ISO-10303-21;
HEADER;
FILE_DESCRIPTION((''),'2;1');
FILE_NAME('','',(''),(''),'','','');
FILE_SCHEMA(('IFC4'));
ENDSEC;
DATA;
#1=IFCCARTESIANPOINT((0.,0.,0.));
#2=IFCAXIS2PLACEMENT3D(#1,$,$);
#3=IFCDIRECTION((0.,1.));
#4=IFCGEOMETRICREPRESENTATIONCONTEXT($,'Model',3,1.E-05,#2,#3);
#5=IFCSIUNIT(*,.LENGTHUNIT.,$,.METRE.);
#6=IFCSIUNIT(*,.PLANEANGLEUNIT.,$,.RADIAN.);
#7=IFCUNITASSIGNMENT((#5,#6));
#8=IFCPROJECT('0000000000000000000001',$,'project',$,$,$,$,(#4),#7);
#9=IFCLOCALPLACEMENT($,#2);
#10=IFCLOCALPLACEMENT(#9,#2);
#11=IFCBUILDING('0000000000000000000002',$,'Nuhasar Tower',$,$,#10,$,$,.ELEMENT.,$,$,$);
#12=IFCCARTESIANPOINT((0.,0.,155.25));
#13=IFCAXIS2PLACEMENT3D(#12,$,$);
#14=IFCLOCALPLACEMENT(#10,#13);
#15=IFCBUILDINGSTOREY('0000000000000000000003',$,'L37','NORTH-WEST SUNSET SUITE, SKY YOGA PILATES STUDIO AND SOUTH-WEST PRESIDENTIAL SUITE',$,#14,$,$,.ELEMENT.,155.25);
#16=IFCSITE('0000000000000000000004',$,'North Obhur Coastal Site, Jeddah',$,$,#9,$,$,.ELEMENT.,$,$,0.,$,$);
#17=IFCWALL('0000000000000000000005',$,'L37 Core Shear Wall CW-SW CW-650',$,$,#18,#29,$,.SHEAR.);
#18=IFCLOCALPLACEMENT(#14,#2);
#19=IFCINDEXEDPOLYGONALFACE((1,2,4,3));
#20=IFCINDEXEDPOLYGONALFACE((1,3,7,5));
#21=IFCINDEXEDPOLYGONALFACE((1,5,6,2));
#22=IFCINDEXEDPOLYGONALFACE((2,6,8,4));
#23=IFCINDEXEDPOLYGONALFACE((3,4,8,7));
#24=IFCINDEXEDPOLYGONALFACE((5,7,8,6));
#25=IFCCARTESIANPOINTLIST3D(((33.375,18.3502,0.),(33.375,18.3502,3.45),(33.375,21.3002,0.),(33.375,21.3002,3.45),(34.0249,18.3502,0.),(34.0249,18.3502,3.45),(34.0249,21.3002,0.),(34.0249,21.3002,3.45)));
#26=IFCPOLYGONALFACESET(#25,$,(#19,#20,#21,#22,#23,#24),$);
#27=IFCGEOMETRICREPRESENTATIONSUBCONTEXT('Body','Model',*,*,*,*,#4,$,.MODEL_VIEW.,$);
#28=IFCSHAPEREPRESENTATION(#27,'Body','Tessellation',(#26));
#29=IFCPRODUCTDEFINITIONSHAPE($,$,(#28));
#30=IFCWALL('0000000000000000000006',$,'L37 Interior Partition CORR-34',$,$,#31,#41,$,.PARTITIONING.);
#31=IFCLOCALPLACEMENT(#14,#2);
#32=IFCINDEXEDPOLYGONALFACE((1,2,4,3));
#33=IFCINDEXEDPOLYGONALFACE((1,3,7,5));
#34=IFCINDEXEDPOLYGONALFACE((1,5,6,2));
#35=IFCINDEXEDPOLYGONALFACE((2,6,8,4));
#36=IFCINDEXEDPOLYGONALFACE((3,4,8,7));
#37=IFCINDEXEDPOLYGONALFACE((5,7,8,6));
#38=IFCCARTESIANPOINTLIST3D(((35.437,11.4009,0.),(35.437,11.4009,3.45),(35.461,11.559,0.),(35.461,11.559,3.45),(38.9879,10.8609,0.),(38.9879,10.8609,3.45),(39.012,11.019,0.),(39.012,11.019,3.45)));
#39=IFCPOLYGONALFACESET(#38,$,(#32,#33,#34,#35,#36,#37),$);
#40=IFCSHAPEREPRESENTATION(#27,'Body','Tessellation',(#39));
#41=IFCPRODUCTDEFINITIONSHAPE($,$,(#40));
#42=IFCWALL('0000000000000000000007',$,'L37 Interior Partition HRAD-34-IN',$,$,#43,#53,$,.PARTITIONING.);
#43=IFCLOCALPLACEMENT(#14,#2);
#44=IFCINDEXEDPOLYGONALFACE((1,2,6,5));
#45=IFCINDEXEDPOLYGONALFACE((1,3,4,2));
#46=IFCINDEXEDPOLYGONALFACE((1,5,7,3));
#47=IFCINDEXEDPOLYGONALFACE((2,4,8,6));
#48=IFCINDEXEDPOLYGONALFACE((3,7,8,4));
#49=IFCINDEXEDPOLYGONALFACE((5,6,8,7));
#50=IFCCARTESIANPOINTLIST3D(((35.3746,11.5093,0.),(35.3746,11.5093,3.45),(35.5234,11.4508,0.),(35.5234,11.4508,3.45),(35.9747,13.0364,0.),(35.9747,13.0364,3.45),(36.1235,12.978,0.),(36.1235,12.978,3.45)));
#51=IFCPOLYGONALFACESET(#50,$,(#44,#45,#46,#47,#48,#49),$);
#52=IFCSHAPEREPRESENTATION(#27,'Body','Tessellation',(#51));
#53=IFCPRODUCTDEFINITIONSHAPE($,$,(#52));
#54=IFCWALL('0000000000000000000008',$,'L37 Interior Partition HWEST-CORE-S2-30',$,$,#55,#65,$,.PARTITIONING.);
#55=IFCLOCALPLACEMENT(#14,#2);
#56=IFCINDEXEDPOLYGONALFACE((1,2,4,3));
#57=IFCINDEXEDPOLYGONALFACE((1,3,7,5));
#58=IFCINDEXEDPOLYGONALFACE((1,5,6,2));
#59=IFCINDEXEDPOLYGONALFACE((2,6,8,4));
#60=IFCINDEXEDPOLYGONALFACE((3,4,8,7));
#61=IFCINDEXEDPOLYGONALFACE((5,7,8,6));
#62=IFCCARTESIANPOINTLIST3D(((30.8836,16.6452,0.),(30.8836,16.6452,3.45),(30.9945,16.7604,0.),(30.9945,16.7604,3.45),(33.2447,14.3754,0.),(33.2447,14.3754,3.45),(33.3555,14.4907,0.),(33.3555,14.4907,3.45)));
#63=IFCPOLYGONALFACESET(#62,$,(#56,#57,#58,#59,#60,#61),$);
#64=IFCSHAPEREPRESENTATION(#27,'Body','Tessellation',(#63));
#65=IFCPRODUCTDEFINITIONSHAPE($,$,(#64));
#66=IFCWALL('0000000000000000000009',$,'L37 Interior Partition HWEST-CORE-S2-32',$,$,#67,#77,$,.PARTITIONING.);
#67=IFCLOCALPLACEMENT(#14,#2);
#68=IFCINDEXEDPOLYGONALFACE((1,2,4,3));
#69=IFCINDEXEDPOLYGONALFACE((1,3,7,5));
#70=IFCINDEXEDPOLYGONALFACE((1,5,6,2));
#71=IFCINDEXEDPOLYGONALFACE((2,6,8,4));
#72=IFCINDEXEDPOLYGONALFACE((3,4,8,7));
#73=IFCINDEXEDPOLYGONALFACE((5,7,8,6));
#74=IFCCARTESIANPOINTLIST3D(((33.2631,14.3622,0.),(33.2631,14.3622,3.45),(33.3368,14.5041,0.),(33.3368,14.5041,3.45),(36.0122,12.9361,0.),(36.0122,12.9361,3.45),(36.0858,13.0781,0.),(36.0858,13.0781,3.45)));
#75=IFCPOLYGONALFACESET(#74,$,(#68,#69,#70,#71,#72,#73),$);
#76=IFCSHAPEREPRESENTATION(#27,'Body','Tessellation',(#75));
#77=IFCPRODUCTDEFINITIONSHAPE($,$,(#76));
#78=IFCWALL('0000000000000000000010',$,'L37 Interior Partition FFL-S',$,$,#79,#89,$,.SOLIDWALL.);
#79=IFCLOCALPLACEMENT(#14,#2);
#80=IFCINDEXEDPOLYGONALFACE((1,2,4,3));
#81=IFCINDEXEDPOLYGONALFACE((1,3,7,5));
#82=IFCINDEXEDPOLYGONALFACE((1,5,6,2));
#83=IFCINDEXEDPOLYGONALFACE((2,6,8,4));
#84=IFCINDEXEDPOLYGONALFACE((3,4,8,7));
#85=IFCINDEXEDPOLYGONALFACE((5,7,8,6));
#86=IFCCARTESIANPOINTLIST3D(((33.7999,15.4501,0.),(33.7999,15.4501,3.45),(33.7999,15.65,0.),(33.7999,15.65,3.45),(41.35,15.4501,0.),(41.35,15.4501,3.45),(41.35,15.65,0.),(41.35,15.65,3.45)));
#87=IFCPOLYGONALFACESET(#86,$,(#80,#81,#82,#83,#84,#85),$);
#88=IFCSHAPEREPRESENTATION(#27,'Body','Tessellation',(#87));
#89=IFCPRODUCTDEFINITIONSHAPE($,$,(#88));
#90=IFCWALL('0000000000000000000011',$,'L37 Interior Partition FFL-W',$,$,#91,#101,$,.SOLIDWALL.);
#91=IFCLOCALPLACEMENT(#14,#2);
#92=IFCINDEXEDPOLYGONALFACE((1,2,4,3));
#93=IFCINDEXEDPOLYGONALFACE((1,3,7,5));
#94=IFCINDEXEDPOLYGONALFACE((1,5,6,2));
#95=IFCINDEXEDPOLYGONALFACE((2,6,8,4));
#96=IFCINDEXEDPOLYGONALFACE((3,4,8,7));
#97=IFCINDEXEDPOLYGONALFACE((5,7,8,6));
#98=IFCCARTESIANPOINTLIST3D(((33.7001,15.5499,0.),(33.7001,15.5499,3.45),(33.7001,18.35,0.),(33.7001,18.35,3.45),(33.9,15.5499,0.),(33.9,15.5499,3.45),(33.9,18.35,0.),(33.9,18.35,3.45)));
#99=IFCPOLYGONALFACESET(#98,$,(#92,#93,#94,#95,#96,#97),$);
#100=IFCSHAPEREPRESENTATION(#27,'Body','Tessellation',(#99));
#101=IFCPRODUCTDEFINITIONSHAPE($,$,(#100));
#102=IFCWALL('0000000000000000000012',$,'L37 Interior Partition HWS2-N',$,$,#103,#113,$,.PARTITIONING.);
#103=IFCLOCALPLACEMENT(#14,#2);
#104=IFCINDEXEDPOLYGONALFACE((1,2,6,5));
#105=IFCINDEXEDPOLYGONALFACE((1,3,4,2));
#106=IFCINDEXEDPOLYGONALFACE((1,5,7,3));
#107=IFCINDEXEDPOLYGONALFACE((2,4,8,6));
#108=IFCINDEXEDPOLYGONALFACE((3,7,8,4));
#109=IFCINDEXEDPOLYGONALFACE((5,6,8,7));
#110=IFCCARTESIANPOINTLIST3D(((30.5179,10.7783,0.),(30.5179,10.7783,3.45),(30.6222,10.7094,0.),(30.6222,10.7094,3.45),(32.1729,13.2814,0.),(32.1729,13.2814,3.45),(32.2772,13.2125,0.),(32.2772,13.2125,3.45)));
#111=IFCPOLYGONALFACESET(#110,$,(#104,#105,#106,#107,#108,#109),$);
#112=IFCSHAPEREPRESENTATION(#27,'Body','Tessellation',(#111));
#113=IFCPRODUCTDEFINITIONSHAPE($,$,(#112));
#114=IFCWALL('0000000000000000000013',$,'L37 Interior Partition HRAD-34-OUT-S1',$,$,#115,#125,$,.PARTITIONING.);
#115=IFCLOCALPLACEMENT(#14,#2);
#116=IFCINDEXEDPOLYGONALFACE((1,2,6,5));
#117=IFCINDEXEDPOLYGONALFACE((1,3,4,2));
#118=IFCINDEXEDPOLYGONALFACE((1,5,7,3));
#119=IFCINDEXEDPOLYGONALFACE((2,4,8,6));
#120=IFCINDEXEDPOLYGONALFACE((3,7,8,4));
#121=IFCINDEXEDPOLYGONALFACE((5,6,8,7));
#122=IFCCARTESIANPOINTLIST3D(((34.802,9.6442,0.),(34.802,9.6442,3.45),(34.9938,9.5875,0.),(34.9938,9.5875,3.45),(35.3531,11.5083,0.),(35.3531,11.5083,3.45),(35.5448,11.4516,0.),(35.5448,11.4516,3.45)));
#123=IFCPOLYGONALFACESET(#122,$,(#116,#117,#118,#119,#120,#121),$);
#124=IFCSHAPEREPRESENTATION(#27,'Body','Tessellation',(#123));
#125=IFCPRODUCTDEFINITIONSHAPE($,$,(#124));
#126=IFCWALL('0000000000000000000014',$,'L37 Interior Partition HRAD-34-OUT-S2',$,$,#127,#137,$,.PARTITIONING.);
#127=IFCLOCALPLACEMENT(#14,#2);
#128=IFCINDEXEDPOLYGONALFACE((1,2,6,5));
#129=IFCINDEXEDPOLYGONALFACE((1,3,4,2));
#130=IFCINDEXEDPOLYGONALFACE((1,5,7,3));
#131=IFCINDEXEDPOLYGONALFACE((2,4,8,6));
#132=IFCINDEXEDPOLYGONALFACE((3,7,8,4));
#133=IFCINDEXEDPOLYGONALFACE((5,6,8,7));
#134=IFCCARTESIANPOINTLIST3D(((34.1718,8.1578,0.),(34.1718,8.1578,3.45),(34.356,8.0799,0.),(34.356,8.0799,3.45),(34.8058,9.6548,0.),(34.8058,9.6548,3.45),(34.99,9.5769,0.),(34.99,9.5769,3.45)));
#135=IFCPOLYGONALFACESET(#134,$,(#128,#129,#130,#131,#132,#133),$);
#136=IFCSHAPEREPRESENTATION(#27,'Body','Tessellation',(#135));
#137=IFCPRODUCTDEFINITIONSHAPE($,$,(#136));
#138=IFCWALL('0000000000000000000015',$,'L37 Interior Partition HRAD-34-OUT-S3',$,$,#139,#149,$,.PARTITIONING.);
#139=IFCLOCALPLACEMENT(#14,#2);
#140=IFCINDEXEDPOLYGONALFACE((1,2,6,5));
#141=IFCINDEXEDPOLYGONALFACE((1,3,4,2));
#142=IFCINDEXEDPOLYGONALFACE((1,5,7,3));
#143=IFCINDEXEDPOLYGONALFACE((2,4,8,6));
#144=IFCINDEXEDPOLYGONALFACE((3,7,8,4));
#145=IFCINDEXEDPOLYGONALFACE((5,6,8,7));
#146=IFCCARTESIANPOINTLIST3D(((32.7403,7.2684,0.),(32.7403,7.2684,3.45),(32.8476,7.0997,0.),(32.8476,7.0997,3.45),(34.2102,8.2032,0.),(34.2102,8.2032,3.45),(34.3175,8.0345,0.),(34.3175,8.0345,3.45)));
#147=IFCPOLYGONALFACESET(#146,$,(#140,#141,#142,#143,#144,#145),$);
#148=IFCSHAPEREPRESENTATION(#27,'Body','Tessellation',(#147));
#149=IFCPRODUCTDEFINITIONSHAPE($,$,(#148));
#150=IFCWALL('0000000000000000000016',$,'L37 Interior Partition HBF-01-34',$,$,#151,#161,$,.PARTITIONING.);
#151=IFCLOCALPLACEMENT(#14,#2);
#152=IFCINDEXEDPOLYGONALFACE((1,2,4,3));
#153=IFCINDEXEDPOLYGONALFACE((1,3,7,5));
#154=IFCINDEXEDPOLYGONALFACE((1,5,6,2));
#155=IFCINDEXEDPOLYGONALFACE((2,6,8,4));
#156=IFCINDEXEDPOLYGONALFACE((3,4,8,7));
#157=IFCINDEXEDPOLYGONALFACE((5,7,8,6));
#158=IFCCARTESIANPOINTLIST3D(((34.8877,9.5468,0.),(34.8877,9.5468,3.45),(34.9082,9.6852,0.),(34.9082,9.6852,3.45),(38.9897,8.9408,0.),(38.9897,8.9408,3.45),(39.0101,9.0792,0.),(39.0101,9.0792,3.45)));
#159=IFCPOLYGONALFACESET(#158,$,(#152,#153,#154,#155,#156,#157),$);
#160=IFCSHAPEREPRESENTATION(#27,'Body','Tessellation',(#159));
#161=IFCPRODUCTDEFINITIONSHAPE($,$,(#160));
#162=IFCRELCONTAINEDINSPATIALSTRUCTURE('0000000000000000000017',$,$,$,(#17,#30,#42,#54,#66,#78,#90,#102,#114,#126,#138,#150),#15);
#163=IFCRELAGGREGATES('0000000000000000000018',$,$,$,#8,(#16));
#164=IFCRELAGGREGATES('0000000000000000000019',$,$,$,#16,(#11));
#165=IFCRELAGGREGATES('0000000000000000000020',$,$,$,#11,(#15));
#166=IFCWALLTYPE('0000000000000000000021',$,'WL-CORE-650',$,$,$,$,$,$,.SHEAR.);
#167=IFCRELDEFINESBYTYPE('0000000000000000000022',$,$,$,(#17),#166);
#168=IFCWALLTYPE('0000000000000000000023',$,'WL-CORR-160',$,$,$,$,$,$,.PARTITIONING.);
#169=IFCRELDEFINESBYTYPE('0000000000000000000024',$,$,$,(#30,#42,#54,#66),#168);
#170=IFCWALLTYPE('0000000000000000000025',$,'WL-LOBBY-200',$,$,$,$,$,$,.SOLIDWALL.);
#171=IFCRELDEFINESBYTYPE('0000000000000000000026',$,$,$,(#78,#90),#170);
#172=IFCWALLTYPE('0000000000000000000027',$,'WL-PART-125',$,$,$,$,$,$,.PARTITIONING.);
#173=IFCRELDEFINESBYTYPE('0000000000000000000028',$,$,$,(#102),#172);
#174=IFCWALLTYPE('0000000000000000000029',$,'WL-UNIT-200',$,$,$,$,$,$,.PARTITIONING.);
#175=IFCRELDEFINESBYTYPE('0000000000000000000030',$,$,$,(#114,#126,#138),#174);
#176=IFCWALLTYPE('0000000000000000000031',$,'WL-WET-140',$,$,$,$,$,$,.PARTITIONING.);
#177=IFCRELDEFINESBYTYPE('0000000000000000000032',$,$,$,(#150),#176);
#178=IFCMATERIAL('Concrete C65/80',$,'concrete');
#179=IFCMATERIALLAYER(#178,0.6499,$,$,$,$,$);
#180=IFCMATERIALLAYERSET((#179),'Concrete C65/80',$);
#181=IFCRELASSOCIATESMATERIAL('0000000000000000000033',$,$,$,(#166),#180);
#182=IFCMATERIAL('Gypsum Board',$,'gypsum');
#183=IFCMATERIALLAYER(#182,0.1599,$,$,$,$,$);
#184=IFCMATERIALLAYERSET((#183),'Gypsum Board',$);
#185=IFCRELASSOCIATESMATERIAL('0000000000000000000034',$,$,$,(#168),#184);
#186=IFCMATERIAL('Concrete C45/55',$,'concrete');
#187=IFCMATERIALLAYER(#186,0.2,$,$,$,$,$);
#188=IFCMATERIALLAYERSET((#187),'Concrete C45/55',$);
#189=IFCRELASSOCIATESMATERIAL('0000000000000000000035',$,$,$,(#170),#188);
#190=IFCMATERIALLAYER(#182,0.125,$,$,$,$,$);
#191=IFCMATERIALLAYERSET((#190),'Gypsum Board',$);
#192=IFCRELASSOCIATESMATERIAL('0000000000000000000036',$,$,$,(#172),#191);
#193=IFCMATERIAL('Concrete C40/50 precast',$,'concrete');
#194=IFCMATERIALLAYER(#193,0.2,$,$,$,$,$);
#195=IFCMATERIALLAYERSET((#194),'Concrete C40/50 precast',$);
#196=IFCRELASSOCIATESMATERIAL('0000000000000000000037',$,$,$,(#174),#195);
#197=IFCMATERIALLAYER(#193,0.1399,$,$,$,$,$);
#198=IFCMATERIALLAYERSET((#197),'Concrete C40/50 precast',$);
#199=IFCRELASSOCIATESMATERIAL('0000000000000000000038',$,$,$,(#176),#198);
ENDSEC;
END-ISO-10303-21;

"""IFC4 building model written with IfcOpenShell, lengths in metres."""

from ifc_helpers import new_model, si_unit, direction, frame, frame_2d, origin, place, context, subcontext, project, spatial, rectangle, extrude, material, layer, layer_set, type_object, element, save


model = new_model("IFC4")

# Units and contexts
model_context = context("Model", 3, precision=1e-05, world=origin(), true_north=direction((0.0, 1.0)))
body_context = subcontext(model_context, "Body", "Model", "MODEL_VIEW")
ifc_project = project(units=[si_unit("LENGTHUNIT", "METRE"), si_unit("PLANEANGLEUNIT", "RADIAN")], contexts=[model_context])

# Site, building, storey
site_placement = place(None, origin())
site = spatial("IfcSite", under=ifc_project, at=site_placement, Name="North Obhur Coastal Site, Jeddah", CompositionType="ELEMENT", RefElevation=0.0)
building_placement = place(site_placement, origin())
building = spatial("IfcBuilding", under=site, at=building_placement, Name="Nuhasar Tower", CompositionType="ELEMENT")
storey_placement = place(building_placement, frame((0.0, 0.0, 155.25)))
storey = spatial("IfcBuildingStorey", under=building, at=storey_placement, Name="L37", Description="NORTH-WEST SUNSET SUITE, SKY YOGA PILATES STUDIO AND SOUTH-WEST PRESIDENTIAL SUITE", CompositionType="ELEMENT", Elevation=155.25)

# Shared definitions
ifc_material_1 = material(Name="Concrete C65/80", Category="concrete")

# Walls
ifc_layer_1 = layer(ifc_material_1, 0.6499)
ifc_layer_set_1 = layer_set([ifc_layer_1], Name="Concrete C65/80")
wall_type_1 = type_object("IfcWallType", Name="WL-CORE-650", PredefinedType="SHEAR", material=ifc_layer_set_1)
wall_1_placement = place(storey_placement, frame((33.7, 18.3501, 0.0), z_axis=(0.0, 0.0, 1.0), x_axis=(0.0, 1.0, 0.0)))
element("IfcWall", 1, at=wall_1_placement, inside=storey, type_object=wall_type_1, Name="L37 Core Shear Wall CW-SW CW-650", PredefinedType="SHEAR", context=body_context, shape_type="SweptSolid", body=[
    extrude(rectangle(XDim=2.95, YDim=0.6499, at=frame_2d((1.4751, 0.0))), origin(), (0.0, 0.0, 1.0), 3.45),
])
ifc_material_2 = material(Name="Gypsum Board", Category="gypsum")
ifc_layer_2 = layer(ifc_material_2, 0.1599)
ifc_layer_set_2 = layer_set([ifc_layer_2], Name="Gypsum Board")
wall_type_2 = type_object("IfcWallType", Name="WL-CORR-160", PredefinedType="PARTITIONING", material=ifc_layer_set_2)
wall_2_placement = place(storey_placement, frame((35.449, 11.48, 0.0), z_axis=(0.0, 0.0, 1.0), x_axis=(0.988633, -0.150351, 0.0)))
element("IfcWall", 2, at=wall_2_placement, inside=storey, type_object=wall_type_2, Name="L37 Interior Partition CORR-34", PredefinedType="PARTITIONING", context=body_context, shape_type="SweptSolid", body=[
    extrude(rectangle(XDim=3.5918, YDim=0.1599, at=frame_2d((1.7959, 0.0))), origin(), (0.0, 0.0, 1.0), 3.45),
])
wall_3_placement = place(storey_placement, frame((36.0491, 13.0071, 0.0), z_axis=(0.0, 0.0, 1.0), x_axis=(-0.36574, -0.930717, 0.0)))
element("IfcWall", 3, at=wall_3_placement, inside=storey, type_object=wall_type_2, Name="L37 Interior Partition HRAD-34-IN", PredefinedType="PARTITIONING", context=body_context, shape_type="SweptSolid", body=[
    extrude(rectangle(XDim=1.6409, YDim=0.1599, at=frame_2d((0.8203, 0.0))), origin(), (0.0, 0.0, 1.0), 3.45),
])
wall_4_placement = place(storey_placement, frame((30.939, 16.7029, 0.0), z_axis=(0.0, 0.0, 1.0), x_axis=(0.720909, -0.69303, 0.0)))
element("IfcWall", 4, at=wall_4_placement, inside=storey, type_object=wall_type_2, Name="L37 Interior Partition HWEST-CORE-S2-30", PredefinedType="PARTITIONING", context=body_context, shape_type="SweptSolid", body=[
    extrude(rectangle(XDim=3.2751, YDim=0.1599, at=frame_2d((1.6377, 0.0))), origin(), (0.0, 0.0, 1.0), 3.45),
])
wall_5_placement = place(storey_placement, frame((33.3, 14.4331, 0.0), z_axis=(0.0, 0.0, 1.0), x_axis=(0.887675, -0.460471, 0.0)))
element("IfcWall", 5, at=wall_5_placement, inside=storey, type_object=wall_type_2, Name="L37 Interior Partition HWEST-CORE-S2-32", PredefinedType="PARTITIONING", context=body_context, shape_type="SweptSolid", body=[
    extrude(rectangle(XDim=3.0969, YDim=0.1599, at=frame_2d((1.5483, 0.0))), origin(), (0.0, 0.0, 1.0), 3.45),
])
ifc_material_3 = material(Name="Concrete C45/55", Category="concrete")
ifc_layer_3 = layer(ifc_material_3, 0.2)
ifc_layer_set_3 = layer_set([ifc_layer_3], Name="Concrete C45/55")
wall_type_3 = type_object("IfcWallType", Name="WL-LOBBY-200", PredefinedType="SOLIDWALL", material=ifc_layer_set_3)
wall_6_placement = place(storey_placement, frame((33.8, 15.55, 0.0), z_axis=(0.0, 0.0, 1.0), x_axis=(1.0, 0.0, 0.0)))
element("IfcWall", 6, at=wall_6_placement, inside=storey, type_object=wall_type_3, Name="L37 Interior Partition FFL-S", PredefinedType="SOLIDWALL", context=body_context, shape_type="SweptSolid", body=[
    extrude(rectangle(XDim=7.55, YDim=0.2, at=frame_2d((3.7749, 0.0))), origin(), (0.0, 0.0, 1.0), 3.45),
])
wall_7_placement = place(storey_placement, frame((33.8, 15.55, 0.0), z_axis=(0.0, 0.0, 1.0), x_axis=(0.0, 1.0, 0.0)))
element("IfcWall", 7, at=wall_7_placement, inside=storey, type_object=wall_type_3, Name="L37 Interior Partition FFL-W", PredefinedType="SOLIDWALL", context=body_context, shape_type="SweptSolid", body=[
    extrude(rectangle(XDim=2.8, YDim=0.2, at=frame_2d((1.3999, 0.0))), origin(), (0.0, 0.0, 1.0), 3.45),
])
ifc_layer_4 = layer(ifc_material_2, 0.125)
ifc_layer_set_4 = layer_set([ifc_layer_4], Name="Gypsum Board")
wall_type_4 = type_object("IfcWallType", Name="WL-PART-125", PredefinedType="PARTITIONING", material=ifc_layer_set_4)
wall_8_placement = place(storey_placement, frame((32.2251, 13.2471, 0.0), z_axis=(0.0, 0.0, 1.0), x_axis=(-0.551523, -0.83416, 0.0)))
element("IfcWall", 8, at=wall_8_placement, inside=storey, type_object=wall_type_4, Name="L37 Interior Partition HWS2-N", PredefinedType="PARTITIONING", context=body_context, shape_type="SweptSolid", body=[
    extrude(rectangle(XDim=3.0007, YDim=0.125, at=frame_2d((1.5005, 0.0))), origin(), (0.0, 0.0, 1.0), 3.45),
])
ifc_material_4 = material(Name="Concrete C40/50 precast", Category="concrete")
ifc_layer_5 = layer(ifc_material_4, 0.2)
ifc_layer_set_5 = layer_set([ifc_layer_5], Name="Concrete C40/50 precast")
wall_type_5 = type_object("IfcWallType", Name="WL-UNIT-200", PredefinedType="PARTITIONING", material=ifc_layer_set_5)
wall_9_placement = place(storey_placement, frame((35.449, 11.48, 0.0), z_axis=(0.0, 0.0, 1.0), x_axis=(-0.283485, -0.958977, 0.0)))
element("IfcWall", 9, at=wall_9_placement, inside=storey, type_object=wall_type_5, Name="L37 Interior Partition HRAD-34-OUT-S1", PredefinedType="PARTITIONING", context=body_context, shape_type="SweptSolid", body=[
    extrude(rectangle(XDim=1.9438, YDim=0.2, at=frame_2d((0.9719, 0.0))), origin(), (0.0, 0.0, 1.0), 3.45),
])
wall_10_placement = place(storey_placement, frame((34.8979, 9.616, 0.0), z_axis=(0.0, 0.0, 1.0), x_axis=(-0.389983, -0.920822, 0.0)))
element("IfcWall", 10, at=wall_10_placement, inside=storey, type_object=wall_type_5, Name="L37 Interior Partition HRAD-34-OUT-S2", PredefinedType="PARTITIONING", context=body_context, shape_type="SweptSolid", body=[
    extrude(rectangle(XDim=1.6257, YDim=0.2, at=frame_2d((0.813, 0.0))), origin(), (0.0, 0.0, 1.0), 3.45),
])
wall_11_placement = place(storey_placement, frame((34.2639, 8.1189, 0.0), z_axis=(0.0, 0.0, 1.0), x_axis=(-0.843823, -0.536622, 0.0)))
element("IfcWall", 11, at=wall_11_placement, inside=storey, type_object=wall_type_5, Name="L37 Interior Partition HRAD-34-OUT-S3", PredefinedType="PARTITIONING", context=body_context, shape_type="SweptSolid", body=[
    extrude(rectangle(XDim=1.7419, YDim=0.2, at=frame_2d((0.8711, 0.0))), origin(), (0.0, 0.0, 1.0), 3.45),
])
ifc_layer_6 = layer(ifc_material_4, 0.1399)
ifc_layer_set_6 = layer_set([ifc_layer_6], Name="Concrete C40/50 precast")
wall_type_6 = type_object("IfcWallType", Name="WL-WET-140", PredefinedType="PARTITIONING", material=ifc_layer_set_6)
wall_12_placement = place(storey_placement, frame((34.8979, 9.616, 0.0), z_axis=(0.0, 0.0, 1.0), x_axis=(0.989265, -0.146135, 0.0)))
element("IfcWall", 12, at=wall_12_placement, inside=storey, type_object=wall_type_6, Name="L37 Interior Partition HBF-01-34", PredefinedType="PARTITIONING", context=body_context, shape_type="SweptSolid", body=[
    extrude(rectangle(XDim=4.1465, YDim=0.1399, at=frame_2d((2.0732, 0.0))), origin(), (0.0, 0.0, 1.0), 3.45),
])

save(model, "model.ifc")
